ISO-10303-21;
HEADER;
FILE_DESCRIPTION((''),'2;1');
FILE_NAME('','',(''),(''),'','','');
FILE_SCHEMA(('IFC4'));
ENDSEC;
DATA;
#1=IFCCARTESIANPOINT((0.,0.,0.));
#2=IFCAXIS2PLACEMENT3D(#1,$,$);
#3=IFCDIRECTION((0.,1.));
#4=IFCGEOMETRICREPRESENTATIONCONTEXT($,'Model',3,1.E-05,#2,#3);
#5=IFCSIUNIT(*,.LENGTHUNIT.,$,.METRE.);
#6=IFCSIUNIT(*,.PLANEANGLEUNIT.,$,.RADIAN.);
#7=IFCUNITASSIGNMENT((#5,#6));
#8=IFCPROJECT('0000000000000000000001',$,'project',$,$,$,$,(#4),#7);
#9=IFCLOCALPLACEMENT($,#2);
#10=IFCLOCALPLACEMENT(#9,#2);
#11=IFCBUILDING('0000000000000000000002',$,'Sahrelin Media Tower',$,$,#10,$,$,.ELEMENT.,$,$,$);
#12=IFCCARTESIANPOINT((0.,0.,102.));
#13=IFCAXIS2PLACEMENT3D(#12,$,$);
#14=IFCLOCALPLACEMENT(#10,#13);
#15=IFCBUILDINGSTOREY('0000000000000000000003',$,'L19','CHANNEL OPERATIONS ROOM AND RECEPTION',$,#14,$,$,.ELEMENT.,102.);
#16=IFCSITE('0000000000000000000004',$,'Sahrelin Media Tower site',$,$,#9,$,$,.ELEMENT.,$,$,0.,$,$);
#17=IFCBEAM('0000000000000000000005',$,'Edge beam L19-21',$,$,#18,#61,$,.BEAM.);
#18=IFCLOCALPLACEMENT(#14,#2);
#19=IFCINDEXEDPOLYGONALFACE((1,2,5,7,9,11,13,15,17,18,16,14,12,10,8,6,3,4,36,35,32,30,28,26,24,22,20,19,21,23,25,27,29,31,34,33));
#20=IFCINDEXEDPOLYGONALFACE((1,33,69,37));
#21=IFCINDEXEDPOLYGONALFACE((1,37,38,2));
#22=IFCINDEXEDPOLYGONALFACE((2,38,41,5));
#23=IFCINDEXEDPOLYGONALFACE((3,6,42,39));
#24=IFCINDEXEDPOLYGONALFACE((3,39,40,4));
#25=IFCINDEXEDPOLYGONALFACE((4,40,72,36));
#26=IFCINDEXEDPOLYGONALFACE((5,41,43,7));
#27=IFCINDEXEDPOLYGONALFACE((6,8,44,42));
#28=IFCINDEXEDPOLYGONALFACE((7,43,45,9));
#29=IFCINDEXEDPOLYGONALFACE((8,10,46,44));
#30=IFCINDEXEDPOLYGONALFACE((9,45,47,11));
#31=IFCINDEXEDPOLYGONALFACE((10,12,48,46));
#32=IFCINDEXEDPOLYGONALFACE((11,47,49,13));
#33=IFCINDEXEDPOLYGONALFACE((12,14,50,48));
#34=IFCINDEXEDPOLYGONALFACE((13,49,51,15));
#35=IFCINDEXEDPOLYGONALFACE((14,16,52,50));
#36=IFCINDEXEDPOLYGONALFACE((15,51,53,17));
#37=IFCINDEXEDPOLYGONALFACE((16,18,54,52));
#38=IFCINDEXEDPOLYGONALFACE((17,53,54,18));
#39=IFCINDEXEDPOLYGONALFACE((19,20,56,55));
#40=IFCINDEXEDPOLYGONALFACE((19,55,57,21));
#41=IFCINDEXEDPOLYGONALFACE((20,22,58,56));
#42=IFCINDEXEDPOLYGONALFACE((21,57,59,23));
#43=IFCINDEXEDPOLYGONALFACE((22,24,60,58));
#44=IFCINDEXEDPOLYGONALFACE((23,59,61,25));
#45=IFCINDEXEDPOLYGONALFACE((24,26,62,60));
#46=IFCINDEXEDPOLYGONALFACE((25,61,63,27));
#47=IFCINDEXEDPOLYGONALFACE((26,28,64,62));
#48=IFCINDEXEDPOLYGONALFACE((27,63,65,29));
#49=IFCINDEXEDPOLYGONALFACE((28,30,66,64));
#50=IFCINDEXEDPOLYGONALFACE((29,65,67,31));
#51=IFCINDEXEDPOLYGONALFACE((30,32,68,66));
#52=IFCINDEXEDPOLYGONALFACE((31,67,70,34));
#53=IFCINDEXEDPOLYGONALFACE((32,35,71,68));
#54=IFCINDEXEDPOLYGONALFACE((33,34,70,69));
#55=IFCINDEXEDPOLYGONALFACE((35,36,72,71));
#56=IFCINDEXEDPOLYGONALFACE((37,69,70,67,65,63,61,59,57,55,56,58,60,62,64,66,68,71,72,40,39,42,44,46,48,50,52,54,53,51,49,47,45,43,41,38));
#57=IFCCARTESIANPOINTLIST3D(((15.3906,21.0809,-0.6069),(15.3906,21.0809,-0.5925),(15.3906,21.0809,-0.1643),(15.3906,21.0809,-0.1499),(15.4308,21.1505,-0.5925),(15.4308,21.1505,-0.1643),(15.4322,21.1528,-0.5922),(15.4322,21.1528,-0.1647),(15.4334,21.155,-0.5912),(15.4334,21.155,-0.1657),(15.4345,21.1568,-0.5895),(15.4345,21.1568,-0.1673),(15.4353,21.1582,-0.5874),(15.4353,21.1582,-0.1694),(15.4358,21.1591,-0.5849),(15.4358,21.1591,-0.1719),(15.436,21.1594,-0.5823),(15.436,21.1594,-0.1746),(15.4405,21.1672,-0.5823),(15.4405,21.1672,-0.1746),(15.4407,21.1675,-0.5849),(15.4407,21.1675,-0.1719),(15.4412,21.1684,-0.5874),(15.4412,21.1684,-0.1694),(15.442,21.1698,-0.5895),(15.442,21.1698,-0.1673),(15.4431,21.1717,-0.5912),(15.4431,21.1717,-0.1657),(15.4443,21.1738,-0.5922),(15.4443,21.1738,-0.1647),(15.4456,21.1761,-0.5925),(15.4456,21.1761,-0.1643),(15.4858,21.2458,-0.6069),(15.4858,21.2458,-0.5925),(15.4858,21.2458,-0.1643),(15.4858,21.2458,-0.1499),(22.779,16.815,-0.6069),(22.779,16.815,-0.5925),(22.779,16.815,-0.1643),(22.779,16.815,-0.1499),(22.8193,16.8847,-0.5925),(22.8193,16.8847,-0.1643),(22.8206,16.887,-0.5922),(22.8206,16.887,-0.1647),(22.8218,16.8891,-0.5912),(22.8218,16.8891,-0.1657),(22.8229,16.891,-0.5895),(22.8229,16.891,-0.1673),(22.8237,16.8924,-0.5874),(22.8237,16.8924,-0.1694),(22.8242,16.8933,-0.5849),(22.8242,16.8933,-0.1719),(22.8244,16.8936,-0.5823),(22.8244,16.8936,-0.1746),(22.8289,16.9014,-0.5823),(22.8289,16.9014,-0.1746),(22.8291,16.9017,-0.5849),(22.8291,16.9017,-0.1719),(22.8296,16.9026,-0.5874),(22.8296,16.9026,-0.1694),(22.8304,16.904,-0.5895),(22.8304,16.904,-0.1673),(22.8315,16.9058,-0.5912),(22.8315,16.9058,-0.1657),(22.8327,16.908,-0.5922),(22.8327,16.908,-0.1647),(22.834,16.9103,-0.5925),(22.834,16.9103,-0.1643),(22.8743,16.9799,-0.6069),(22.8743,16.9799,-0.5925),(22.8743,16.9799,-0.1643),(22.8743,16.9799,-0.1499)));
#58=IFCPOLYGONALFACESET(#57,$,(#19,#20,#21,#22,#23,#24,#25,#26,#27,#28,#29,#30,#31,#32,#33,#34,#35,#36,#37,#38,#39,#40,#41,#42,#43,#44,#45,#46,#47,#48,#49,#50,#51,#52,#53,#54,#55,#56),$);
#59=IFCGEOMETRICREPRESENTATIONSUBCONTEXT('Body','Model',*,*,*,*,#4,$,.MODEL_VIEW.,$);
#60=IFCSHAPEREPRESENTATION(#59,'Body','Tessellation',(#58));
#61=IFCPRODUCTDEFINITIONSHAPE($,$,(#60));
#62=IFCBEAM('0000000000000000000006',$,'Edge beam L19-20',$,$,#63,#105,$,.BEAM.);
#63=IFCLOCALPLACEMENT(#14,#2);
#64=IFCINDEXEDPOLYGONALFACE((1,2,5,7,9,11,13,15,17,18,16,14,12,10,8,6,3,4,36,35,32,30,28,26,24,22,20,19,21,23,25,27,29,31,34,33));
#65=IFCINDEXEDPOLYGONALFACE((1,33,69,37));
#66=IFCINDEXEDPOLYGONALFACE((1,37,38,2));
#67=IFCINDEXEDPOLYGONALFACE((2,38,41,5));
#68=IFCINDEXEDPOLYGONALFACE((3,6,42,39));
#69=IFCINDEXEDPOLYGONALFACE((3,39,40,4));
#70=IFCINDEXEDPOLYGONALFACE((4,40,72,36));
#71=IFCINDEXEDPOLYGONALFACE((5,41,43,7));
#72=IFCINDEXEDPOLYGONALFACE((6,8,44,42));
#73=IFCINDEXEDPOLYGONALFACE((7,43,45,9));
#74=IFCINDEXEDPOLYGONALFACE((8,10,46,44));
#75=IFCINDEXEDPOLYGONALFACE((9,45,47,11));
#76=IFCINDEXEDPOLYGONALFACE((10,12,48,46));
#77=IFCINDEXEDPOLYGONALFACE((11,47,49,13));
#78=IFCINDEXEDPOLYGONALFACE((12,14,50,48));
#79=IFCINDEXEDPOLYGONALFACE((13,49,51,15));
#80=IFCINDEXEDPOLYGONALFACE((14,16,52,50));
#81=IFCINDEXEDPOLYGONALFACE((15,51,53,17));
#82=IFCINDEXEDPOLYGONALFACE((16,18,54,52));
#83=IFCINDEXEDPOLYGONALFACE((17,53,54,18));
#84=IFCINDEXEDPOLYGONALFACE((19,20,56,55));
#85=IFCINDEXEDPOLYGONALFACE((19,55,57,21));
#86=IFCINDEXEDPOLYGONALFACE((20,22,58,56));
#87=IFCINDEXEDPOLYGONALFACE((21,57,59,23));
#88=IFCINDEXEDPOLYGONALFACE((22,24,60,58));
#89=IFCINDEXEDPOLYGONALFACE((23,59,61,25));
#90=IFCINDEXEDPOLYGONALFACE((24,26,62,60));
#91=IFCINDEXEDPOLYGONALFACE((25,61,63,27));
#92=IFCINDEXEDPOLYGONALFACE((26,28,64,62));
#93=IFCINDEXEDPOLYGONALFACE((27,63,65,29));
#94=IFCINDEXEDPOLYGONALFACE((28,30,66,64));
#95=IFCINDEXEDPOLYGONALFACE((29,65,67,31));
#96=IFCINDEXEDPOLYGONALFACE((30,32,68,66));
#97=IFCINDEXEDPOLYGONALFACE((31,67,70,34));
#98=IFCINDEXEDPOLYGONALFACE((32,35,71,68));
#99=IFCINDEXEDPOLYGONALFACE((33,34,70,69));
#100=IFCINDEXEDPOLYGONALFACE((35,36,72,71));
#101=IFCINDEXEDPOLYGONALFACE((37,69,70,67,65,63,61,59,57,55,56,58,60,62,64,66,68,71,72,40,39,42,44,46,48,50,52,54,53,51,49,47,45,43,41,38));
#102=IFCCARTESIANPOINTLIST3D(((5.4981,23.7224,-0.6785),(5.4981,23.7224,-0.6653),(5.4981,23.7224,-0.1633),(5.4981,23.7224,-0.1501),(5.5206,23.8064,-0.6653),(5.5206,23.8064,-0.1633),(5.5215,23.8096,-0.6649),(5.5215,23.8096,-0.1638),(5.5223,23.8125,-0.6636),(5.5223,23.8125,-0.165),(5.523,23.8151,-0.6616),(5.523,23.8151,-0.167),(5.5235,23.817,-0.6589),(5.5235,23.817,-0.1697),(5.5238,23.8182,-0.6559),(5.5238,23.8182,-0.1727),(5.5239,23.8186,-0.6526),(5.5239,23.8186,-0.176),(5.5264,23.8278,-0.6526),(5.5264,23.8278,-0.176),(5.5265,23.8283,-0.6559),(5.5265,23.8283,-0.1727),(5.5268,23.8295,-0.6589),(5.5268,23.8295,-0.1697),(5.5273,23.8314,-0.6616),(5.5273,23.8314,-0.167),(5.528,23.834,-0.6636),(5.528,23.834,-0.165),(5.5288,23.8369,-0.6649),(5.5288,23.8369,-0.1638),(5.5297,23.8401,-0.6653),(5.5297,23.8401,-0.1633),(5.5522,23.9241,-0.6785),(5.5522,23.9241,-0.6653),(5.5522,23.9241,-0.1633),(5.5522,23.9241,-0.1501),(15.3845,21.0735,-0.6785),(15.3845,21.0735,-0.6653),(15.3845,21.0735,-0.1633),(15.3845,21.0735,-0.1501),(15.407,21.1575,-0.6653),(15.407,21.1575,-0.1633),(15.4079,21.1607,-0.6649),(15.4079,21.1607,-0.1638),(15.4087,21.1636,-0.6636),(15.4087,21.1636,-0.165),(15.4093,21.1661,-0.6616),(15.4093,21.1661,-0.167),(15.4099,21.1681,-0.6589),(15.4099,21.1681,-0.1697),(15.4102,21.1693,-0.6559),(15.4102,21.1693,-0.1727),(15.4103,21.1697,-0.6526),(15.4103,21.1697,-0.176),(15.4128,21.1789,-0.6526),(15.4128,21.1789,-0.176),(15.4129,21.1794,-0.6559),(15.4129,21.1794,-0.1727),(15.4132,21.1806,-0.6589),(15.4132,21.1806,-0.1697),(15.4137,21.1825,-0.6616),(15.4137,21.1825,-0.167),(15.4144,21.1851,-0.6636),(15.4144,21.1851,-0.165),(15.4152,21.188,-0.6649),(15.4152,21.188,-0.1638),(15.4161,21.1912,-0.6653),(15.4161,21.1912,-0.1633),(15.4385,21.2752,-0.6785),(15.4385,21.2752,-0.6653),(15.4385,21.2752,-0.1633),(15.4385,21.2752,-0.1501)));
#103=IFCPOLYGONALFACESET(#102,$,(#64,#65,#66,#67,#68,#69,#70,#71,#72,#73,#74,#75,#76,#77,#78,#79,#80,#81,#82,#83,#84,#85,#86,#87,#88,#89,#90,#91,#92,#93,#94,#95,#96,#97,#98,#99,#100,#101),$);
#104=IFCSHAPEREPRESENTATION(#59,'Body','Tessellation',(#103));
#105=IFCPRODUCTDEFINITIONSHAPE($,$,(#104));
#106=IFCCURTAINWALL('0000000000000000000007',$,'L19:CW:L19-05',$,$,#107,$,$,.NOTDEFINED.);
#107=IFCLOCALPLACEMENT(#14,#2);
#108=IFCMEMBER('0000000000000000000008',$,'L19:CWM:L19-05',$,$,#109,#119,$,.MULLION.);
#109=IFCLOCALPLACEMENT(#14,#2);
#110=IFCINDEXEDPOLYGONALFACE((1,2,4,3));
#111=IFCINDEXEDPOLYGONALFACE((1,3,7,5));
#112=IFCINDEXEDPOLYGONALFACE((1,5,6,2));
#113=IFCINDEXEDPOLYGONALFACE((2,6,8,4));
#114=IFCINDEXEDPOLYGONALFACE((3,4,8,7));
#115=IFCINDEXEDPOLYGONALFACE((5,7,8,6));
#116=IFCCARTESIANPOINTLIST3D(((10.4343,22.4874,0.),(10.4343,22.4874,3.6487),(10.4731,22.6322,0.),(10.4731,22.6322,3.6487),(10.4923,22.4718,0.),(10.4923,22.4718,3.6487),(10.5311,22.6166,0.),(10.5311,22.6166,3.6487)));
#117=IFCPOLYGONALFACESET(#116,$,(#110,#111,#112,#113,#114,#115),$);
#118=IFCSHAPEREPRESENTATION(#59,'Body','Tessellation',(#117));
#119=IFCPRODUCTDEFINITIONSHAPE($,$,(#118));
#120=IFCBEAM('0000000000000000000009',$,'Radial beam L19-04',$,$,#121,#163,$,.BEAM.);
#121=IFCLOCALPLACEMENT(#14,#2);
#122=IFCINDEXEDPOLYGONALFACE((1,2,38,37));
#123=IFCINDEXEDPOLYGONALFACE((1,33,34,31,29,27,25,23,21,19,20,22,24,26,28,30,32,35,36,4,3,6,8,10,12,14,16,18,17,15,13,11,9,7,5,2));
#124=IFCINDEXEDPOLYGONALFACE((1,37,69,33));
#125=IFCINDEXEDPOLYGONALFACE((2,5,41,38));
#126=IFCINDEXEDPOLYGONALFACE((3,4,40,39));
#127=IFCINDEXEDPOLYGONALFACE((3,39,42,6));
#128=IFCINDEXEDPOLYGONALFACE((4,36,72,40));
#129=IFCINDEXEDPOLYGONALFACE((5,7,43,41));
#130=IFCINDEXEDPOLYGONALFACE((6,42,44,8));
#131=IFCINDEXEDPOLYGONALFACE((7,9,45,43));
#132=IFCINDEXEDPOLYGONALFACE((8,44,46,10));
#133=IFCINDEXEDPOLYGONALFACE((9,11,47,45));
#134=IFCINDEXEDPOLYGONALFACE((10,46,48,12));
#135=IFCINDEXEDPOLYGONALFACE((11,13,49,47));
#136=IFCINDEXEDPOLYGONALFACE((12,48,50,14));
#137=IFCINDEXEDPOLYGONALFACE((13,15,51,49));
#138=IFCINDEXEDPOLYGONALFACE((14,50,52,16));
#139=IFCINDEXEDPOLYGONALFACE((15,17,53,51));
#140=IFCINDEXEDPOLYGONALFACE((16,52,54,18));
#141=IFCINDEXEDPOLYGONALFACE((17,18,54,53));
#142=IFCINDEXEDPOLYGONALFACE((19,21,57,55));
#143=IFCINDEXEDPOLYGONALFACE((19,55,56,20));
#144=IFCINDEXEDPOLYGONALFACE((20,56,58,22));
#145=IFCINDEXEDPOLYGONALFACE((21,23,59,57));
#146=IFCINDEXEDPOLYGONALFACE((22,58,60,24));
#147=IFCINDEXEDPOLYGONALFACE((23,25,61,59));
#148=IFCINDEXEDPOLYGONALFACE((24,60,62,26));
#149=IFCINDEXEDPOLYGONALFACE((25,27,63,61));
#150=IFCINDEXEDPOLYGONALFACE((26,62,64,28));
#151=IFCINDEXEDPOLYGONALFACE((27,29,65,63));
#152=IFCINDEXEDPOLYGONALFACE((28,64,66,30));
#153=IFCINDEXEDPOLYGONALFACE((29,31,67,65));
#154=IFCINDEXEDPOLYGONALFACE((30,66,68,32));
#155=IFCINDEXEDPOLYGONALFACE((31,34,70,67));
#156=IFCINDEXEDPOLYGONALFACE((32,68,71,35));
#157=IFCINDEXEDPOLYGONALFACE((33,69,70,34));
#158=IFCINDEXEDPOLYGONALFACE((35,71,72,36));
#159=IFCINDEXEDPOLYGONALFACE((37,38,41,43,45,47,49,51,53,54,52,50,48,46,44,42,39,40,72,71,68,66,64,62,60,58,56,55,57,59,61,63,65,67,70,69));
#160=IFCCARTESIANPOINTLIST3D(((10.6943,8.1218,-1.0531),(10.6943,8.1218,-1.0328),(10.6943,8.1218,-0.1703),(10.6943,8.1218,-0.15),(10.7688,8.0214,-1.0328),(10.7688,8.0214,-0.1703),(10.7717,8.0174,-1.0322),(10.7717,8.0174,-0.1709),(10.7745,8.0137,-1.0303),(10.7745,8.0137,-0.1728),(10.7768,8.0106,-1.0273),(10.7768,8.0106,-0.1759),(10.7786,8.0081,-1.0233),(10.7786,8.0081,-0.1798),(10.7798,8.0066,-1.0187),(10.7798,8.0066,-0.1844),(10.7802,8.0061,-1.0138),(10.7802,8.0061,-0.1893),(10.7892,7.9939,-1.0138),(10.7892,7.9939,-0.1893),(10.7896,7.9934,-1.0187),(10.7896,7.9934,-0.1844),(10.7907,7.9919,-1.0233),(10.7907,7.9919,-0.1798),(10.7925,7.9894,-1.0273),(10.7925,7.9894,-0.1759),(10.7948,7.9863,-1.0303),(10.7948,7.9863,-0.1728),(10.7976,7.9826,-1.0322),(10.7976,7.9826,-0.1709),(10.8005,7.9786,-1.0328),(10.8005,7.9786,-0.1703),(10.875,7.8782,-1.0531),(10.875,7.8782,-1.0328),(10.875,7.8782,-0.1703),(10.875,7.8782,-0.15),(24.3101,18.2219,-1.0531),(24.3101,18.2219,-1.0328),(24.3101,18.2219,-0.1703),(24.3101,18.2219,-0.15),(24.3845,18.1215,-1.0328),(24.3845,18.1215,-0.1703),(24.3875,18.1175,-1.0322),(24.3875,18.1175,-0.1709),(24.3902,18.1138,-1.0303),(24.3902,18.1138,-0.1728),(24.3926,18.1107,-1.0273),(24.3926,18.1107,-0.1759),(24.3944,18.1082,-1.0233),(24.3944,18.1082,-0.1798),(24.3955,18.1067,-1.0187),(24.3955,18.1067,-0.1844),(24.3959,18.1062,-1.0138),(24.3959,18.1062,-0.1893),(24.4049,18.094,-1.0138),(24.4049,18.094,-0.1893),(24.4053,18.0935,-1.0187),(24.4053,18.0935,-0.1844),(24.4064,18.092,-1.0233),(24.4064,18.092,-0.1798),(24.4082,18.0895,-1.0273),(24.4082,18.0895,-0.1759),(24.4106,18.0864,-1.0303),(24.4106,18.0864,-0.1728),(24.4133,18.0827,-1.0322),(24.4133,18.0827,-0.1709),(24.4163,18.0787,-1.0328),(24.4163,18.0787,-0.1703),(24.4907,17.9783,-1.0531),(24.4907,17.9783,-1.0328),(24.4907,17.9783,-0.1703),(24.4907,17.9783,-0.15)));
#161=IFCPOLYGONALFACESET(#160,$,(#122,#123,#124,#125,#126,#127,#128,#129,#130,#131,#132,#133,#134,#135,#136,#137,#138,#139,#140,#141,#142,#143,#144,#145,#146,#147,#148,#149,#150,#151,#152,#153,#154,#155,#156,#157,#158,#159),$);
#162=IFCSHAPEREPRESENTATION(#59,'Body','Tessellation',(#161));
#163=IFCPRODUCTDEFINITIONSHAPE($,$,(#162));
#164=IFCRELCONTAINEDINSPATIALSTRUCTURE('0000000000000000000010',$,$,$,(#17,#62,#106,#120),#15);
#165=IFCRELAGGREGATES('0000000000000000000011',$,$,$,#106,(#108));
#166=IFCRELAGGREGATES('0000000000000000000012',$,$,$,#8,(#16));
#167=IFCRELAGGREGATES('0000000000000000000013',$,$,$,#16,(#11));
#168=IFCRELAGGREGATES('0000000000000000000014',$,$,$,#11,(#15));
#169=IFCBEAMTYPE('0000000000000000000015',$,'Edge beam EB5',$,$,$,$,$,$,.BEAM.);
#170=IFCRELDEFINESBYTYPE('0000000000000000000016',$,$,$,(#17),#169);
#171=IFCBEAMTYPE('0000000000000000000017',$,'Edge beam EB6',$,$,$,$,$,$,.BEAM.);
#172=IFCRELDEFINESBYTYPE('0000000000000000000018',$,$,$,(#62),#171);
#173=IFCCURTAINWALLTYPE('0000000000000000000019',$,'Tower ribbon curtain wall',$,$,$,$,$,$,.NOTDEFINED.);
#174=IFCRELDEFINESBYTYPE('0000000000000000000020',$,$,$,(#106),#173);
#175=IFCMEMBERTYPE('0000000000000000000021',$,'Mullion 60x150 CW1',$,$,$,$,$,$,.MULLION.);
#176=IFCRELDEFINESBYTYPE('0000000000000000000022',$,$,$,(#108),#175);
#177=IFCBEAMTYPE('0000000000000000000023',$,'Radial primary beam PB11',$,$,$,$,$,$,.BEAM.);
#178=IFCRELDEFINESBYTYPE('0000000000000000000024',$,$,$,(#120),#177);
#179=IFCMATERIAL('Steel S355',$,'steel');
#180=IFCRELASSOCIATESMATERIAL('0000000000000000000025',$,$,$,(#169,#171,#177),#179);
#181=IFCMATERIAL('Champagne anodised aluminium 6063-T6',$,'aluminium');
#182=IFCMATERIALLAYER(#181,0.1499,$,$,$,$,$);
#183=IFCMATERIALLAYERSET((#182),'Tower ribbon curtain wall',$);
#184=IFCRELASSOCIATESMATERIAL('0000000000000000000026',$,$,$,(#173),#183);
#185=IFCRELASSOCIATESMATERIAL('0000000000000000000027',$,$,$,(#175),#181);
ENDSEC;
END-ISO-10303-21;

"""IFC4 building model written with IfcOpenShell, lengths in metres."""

from ifc_helpers import new_model, si_unit, direction, frame, origin, origin_2d, place, context, subcontext, project, spatial, rectangle, i_section, extrude, material, layer, layer_set, material_profile, profile_set, type_object, element, aggregate, save


model = new_model("IFC4")

# Units and contexts
model_context = context("Model", 3, precision=1e-05, world=origin(), true_north=direction((0.0, 1.0)))
body_context = subcontext(model_context, "Body", "Model", "MODEL_VIEW")
ifc_project = project(units=[si_unit("LENGTHUNIT", "METRE"), si_unit("PLANEANGLEUNIT", "RADIAN")], contexts=[model_context])

# Site, building, storey
site_placement = place(None, origin())
site = spatial("IfcSite", under=ifc_project, at=site_placement, Name="Sahrelin Media Tower site", CompositionType="ELEMENT", RefElevation=0.0)
building_placement = place(site_placement, origin())
building = spatial("IfcBuilding", under=site, at=building_placement, Name="Sahrelin Media Tower", CompositionType="ELEMENT")
storey_placement = place(building_placement, frame((0.0, 0.0, 102.0)))
storey = spatial("IfcBuildingStorey", under=building, at=storey_placement, Name="L19", Description="CHANNEL OPERATIONS ROOM AND RECEPTION", CompositionType="ELEMENT", Elevation=102.0)

# Beams
ifc_material_1 = material(Name="Steel S355", Category="steel")
ifc_material_profile_1 = material_profile(ifc_material_1, i_section(OverallWidth=0.1904, OverallDepth=0.457, WebThickness=0.009, FlangeThickness=0.0144, FilletRadius=0.0103, at=origin_2d()), Name="UB 457x191x74")
ifc_profile_set_1 = profile_set([ifc_material_profile_1], Name="Steel S355")
beam_type_1 = type_object("IfcBeamType", Name="Edge beam EB5", PredefinedType="BEAM", material=ifc_profile_set_1)
beam_1_placement = place(storey_placement, frame((15.4382, 21.1633, -0.3784), z_axis=(0.866017, -0.500014, 0.0), x_axis=(0.500014, 0.866017, 0.0)))
element("IfcBeam", 1, at=beam_1_placement, inside=storey, type_object=beam_type_1, Name="Edge beam L19-21", PredefinedType="BEAM", context=body_context, shape_type="SweptSolid", body=[
    extrude(i_section(OverallWidth=0.1904, OverallDepth=0.457, WebThickness=0.009, FlangeThickness=0.0144, FilletRadius=0.0103, at=origin_2d()), origin(), (0.0, 0.0, 1.0), 8.5315),
])
ifc_material_profile_2 = material_profile(ifc_material_1, i_section(OverallWidth=0.2087, OverallDepth=0.5283, WebThickness=0.0095, FlangeThickness=0.0132, FilletRadius=0.0127, at=origin_2d()), Name="UB 533x210x82")
ifc_profile_set_2 = profile_set([ifc_material_profile_2], Name="Steel S355")
beam_type_2 = type_object("IfcBeamType", Name="Edge beam EB6", PredefinedType="BEAM", material=ifc_profile_set_2)
beam_2_placement = place(storey_placement, frame((5.5251, 23.8232, -0.4143), z_axis=(0.965929, -0.258806, 0.0), x_axis=(0.258806, 0.965929, 0.0)))
element("IfcBeam", 2, at=beam_2_placement, inside=storey, type_object=beam_type_2, Name="Edge beam L19-20", PredefinedType="BEAM", context=body_context, shape_type="SweptSolid", body=[
    extrude(i_section(OverallWidth=0.2087, OverallDepth=0.5283, WebThickness=0.0095, FlangeThickness=0.0132, FilletRadius=0.0127, at=origin_2d()), origin(), (0.0, 0.0, 1.0), 10.2351),
])

# Curtain wall, member
ifc_material_2 = material(Name="Champagne anodised aluminium 6063-T6", Category="aluminium")
ifc_layer_1 = layer(ifc_material_2, 0.1499)
ifc_layer_set_1 = layer_set([ifc_layer_1], Name="Tower ribbon curtain wall")
curtain_wall_type = type_object("IfcCurtainWallType", Name="Tower ribbon curtain wall", PredefinedType="NOTDEFINED", material=ifc_layer_set_1)
curtain_wall_1_placement = place(storey_placement, frame((10.5071, 22.6438, 0.0), z_axis=(0.0, 0.0, 1.0), x_axis=(1.0, 0.0, 0.0)))
curtain_wall_1 = element("IfcCurtainWall", 3, at=curtain_wall_1_placement, inside=storey, type_object=curtain_wall_type, Name="L19:CW:L19-05", PredefinedType="NOTDEFINED")
ifc_material_profile_3 = material_profile(ifc_material_2, rectangle(XDim=0.0601, YDim=0.1499, at=origin_2d()), Name="Mullion 60x150")
ifc_profile_set_3 = profile_set([ifc_material_profile_3], Name="Champagne anodised aluminium 6063-T6")
member_type_1 = type_object("IfcMemberType", Name="Mullion 60x150 CW1", PredefinedType="MULLION", material=ifc_profile_set_3)
member_1_placement = place(storey_placement, frame((10.4827, 22.552, 0.0), z_axis=(0.0, 0.0, 1.0), x_axis=(-0.965926, 0.258817, 0.0)))
member_1 = element("IfcMember", 4, at=member_1_placement, type_object=member_type_1, Name="L19:CWM:L19-05", PredefinedType="MULLION", context=body_context, shape_type="SweptSolid", body=[
    extrude(rectangle(XDim=0.0601, YDim=0.1499, at=origin_2d()), origin(), (0.0, 0.0, 1.0), 3.6487),
])

# Beam
ifc_material_profile_4 = material_profile(ifc_material_1, i_section(OverallWidth=0.3032, OverallDepth=0.9031, WebThickness=0.0151, FlangeThickness=0.0203, FilletRadius=0.019, at=origin_2d()), Name="UB 914x305x201")
ifc_profile_set_4 = profile_set([ifc_material_profile_4], Name="Steel S355")
beam_type_3 = type_object("IfcBeamType", Name="Radial primary beam PB11", PredefinedType="BEAM", material=ifc_profile_set_4)
beam_3_placement = place(storey_placement, frame((10.7847, 8.0, -0.6016), z_axis=(0.803151, 0.595775, 0.0), x_axis=(-0.595775, 0.803151, 0.0)))
element("IfcBeam", 5, at=beam_3_placement, inside=storey, type_object=beam_type_3, Name="Radial beam L19-04", PredefinedType="BEAM", context=body_context, shape_type="SweptSolid", body=[
    extrude(i_section(OverallWidth=0.3032, OverallDepth=0.9031, WebThickness=0.0151, FlangeThickness=0.0203, FilletRadius=0.019, at=origin_2d()), origin(), (0.0, 0.0, 1.0), 16.9529),
])

aggregate(curtain_wall_1, [member_1])

save(model, "model.ifc")
